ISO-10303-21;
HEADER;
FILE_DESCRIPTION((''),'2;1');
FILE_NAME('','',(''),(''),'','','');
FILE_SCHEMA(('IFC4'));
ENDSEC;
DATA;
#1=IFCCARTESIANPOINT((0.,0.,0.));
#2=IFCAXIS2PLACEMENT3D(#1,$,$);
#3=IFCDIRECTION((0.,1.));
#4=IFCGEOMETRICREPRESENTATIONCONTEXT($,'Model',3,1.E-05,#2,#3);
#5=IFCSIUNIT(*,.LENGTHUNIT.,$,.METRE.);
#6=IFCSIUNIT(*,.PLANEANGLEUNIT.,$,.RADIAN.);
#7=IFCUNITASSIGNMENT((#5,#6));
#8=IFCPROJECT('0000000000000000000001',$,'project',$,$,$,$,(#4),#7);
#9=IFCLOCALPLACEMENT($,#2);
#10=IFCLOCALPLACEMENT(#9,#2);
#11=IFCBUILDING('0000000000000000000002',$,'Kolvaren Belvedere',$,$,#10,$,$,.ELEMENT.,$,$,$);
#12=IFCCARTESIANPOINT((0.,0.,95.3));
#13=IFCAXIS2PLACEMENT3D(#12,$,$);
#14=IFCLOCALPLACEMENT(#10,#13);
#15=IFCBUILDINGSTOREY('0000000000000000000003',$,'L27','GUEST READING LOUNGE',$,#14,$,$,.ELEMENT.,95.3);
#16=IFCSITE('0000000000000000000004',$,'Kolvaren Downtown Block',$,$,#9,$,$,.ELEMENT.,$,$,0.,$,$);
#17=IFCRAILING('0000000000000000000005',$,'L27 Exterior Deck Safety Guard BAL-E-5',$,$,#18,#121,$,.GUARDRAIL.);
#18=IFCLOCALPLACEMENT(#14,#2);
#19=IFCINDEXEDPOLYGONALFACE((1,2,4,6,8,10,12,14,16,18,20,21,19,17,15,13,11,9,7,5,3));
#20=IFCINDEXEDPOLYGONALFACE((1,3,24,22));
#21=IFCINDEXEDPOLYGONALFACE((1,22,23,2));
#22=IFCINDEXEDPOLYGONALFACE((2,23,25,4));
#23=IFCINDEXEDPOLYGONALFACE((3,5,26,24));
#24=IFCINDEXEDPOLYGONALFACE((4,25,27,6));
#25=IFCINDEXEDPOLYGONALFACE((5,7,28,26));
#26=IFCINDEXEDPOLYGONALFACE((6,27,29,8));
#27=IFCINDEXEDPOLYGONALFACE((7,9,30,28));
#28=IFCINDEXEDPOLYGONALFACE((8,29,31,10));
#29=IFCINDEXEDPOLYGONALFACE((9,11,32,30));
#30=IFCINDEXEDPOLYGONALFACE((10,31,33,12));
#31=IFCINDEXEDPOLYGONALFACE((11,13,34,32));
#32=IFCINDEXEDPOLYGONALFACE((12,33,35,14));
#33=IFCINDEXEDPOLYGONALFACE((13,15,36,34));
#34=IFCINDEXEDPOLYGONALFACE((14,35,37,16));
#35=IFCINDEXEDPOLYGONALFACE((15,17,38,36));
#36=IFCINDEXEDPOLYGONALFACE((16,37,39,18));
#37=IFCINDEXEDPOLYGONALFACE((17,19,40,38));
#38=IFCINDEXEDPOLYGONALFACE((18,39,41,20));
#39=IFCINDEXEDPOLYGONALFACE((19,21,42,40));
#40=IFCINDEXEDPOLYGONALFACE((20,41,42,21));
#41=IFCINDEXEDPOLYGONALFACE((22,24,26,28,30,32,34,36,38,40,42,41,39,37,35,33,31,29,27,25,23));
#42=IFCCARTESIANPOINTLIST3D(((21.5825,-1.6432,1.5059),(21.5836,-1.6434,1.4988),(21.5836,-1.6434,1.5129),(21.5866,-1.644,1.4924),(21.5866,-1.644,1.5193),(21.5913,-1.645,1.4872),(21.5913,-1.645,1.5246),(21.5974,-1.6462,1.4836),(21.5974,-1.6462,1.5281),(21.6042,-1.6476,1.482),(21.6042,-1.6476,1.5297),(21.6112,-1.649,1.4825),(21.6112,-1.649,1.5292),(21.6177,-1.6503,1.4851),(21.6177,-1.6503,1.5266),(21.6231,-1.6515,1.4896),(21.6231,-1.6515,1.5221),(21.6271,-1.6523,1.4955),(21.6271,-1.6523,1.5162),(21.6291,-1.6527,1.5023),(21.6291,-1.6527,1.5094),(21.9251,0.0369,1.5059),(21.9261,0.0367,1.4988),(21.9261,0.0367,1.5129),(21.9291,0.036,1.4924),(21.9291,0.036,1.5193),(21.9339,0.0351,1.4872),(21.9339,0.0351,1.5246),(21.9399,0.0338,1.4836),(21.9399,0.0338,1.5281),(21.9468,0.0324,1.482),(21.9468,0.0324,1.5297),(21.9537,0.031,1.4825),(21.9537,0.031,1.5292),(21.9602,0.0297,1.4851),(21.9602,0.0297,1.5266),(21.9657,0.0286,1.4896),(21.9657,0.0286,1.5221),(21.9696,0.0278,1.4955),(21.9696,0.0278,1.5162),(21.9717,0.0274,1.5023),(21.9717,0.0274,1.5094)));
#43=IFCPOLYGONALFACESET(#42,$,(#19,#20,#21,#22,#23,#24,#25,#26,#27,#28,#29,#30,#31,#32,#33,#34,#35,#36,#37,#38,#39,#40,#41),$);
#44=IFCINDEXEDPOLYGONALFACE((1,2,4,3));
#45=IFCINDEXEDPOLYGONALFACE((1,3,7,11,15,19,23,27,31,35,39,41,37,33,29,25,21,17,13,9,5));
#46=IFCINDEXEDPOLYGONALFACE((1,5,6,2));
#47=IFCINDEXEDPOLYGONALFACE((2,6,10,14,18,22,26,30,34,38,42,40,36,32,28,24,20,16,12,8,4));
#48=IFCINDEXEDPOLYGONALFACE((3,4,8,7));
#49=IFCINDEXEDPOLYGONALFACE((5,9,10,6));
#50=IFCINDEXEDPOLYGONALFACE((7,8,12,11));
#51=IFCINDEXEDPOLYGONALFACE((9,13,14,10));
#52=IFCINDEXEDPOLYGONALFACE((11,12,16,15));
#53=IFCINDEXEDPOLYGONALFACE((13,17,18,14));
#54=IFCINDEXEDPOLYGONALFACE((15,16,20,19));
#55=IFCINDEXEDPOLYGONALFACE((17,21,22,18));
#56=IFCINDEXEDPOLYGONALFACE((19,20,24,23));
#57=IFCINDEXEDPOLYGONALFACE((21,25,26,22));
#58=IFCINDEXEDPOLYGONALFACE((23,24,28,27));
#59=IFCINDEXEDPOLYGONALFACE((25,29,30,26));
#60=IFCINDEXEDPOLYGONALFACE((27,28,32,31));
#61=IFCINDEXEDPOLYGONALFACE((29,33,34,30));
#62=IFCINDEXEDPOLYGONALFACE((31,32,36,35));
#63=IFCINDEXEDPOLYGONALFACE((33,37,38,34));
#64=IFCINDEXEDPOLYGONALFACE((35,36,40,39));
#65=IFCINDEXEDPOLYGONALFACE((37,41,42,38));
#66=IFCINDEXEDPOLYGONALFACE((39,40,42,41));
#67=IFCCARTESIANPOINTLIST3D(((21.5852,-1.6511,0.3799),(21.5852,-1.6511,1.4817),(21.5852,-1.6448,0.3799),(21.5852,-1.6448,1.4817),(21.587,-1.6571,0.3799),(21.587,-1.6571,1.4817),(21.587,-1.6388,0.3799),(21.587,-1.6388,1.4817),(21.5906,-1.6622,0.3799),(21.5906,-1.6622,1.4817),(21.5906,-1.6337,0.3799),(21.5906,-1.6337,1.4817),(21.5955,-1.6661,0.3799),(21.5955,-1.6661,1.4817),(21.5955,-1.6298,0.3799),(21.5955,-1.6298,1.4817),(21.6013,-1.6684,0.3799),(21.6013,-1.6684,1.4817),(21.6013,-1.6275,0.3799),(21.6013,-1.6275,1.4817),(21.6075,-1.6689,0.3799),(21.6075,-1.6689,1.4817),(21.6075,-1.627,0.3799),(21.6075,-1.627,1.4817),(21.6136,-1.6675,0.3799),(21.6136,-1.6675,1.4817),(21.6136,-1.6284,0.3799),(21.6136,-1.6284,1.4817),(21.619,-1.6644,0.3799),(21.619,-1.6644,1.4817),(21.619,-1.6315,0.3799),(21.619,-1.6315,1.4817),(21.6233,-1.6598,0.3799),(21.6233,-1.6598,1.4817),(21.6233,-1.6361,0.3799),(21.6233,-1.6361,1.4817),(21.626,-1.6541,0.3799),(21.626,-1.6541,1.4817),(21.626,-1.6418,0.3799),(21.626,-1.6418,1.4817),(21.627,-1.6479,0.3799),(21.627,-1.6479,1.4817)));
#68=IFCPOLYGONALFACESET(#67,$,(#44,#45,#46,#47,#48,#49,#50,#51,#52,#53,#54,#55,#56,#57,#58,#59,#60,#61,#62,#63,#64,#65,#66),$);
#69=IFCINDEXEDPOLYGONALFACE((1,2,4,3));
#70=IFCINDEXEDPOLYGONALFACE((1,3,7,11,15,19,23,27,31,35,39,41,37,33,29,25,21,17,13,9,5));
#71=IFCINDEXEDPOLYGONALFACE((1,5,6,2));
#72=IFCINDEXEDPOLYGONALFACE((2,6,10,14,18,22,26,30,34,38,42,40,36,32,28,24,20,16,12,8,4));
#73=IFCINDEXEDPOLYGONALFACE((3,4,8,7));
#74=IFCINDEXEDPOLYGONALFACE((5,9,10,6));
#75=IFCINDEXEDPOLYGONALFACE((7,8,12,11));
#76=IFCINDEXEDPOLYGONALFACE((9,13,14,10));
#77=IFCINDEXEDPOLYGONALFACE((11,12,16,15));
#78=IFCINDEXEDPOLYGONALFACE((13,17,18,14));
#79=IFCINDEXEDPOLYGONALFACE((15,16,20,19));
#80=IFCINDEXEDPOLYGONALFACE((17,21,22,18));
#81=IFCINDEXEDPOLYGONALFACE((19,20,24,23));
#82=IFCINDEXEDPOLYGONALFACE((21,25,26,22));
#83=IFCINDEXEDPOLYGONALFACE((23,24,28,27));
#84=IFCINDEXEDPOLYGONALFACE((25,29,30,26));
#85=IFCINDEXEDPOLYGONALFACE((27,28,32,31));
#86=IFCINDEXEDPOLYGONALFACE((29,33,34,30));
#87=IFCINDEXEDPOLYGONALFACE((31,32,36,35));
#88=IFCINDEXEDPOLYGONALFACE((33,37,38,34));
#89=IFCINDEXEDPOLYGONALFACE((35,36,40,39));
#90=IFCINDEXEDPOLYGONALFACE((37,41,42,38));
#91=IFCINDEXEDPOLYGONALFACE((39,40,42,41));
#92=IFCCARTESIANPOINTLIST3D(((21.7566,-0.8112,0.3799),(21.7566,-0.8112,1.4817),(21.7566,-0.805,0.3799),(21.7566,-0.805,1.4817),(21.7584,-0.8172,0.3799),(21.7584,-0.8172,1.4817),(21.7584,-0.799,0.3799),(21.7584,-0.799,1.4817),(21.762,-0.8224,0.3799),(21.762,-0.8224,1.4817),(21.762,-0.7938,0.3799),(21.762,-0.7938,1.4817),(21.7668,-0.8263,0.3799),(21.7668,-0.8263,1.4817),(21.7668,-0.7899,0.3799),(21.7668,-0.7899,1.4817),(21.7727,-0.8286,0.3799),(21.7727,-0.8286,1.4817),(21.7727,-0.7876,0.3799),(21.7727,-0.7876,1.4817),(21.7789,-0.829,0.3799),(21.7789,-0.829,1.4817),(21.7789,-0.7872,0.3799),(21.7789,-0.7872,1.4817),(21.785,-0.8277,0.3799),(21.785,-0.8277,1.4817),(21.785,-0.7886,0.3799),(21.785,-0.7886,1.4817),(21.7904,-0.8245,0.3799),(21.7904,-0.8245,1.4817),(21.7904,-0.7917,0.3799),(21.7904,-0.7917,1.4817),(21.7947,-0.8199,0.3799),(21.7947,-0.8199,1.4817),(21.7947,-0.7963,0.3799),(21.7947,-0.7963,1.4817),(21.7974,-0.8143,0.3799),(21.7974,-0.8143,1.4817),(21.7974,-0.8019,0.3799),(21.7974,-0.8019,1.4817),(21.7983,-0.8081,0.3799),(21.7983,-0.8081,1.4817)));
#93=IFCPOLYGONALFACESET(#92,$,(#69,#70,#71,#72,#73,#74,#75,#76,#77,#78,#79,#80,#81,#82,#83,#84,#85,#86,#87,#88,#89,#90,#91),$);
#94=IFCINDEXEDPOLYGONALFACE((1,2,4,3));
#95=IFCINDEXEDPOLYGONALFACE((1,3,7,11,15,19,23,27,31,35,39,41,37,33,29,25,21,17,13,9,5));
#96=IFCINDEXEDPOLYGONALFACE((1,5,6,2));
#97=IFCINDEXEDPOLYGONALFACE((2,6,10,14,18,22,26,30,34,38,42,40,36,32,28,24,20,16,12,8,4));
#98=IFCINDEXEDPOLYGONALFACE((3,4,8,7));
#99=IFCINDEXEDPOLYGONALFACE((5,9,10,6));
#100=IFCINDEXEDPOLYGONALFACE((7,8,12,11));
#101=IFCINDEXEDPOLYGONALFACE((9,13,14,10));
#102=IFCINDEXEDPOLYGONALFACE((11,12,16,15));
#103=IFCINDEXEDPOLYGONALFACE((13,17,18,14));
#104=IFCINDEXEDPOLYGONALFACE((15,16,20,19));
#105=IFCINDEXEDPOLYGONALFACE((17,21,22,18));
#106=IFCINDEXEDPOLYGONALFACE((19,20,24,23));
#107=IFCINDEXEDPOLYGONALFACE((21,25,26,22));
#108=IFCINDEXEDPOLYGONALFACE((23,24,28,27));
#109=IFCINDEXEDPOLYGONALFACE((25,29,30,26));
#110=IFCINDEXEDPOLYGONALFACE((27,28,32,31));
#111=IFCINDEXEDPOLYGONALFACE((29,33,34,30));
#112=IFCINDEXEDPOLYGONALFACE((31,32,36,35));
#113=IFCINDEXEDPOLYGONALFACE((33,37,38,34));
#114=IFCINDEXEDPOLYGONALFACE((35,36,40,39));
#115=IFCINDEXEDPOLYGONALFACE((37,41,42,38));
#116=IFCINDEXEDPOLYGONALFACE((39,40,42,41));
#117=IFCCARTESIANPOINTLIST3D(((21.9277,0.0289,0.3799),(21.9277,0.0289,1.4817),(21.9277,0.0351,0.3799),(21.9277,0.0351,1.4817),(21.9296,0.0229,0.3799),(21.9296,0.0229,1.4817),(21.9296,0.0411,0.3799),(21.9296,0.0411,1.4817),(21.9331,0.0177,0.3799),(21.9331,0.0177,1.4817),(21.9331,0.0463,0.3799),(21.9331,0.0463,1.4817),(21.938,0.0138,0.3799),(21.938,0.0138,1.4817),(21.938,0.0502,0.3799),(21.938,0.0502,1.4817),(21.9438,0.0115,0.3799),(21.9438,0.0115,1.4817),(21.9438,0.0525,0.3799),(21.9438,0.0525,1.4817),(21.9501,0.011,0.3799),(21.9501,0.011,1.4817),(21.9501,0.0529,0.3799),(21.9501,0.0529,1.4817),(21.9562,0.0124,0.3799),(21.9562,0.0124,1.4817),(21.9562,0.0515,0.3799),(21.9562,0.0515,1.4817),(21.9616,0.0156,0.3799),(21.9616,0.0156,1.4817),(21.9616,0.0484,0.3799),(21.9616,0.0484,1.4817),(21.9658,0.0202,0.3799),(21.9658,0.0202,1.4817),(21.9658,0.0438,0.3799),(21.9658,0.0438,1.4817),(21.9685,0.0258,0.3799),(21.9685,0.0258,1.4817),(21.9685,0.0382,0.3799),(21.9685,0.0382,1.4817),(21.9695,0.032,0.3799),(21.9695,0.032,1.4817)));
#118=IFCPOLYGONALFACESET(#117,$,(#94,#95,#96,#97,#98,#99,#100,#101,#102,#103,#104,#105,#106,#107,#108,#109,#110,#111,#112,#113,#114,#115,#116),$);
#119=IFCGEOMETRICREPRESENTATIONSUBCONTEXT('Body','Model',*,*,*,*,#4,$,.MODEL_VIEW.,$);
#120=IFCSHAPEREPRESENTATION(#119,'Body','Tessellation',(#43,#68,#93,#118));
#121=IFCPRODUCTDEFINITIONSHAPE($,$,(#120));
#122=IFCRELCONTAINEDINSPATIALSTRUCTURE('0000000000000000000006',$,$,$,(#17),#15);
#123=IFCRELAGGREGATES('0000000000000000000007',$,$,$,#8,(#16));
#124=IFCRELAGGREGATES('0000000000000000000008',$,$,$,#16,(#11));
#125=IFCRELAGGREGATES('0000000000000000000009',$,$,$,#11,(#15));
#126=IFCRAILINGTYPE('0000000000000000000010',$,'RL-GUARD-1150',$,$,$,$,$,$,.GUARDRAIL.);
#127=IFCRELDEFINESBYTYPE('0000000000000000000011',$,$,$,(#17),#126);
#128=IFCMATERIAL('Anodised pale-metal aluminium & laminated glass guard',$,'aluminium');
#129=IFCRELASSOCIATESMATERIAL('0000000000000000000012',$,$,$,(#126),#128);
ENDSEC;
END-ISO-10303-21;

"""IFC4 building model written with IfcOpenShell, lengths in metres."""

from ifc_helpers import new_model, si_unit, direction, frame, origin, origin_2d, place, context, subcontext, project, spatial, circle, extrude, material, type_object, element, save


model = new_model("IFC4")

# Units and contexts
model_context = context("Model", 3, precision=1e-05, world=origin(), true_north=direction((0.0, 1.0)))
body_context = subcontext(model_context, "Body", "Model", "MODEL_VIEW")
ifc_project = project(units=[si_unit("LENGTHUNIT", "METRE"), si_unit("PLANEANGLEUNIT", "RADIAN")], contexts=[model_context])

# Site, building, storey
site_placement = place(None, origin())
site = spatial("IfcSite", under=ifc_project, at=site_placement, Name="Kolvaren Downtown Block", CompositionType="ELEMENT", RefElevation=0.0)
building_placement = place(site_placement, origin())
building = spatial("IfcBuilding", under=site, at=building_placement, Name="Kolvaren Belvedere", CompositionType="ELEMENT")
storey_placement = place(building_placement, frame((0.0, 0.0, 95.3)))
storey = spatial("IfcBuildingStorey", under=building, at=storey_placement, Name="L27", Description="GUEST READING LOUNGE", CompositionType="ELEMENT", Elevation=95.3)

# Railing
ifc_material_1 = material(Name="Anodised pale-metal aluminium & laminated glass guard", Category="aluminium")
railing_type = type_object("IfcRailingType", Name="RL-GUARD-1150", PredefinedType="GUARDRAIL", material=ifc_material_1)
railing_1_placement = place(storey_placement, frame((21.606, -1.6479, 0.3799)))
element("IfcRailing", 1, at=railing_1_placement, inside=storey, type_object=railing_type, Name="L27 Exterior Deck Safety Guard BAL-E-5", PredefinedType="GUARDRAIL", context=body_context, shape_type="SweptSolid", body=[
    extrude(circle(Radius=0.0239, at=origin_2d()), frame((0.0, 0.0, 1.126), z_axis=(0.199784, 0.97984, 0.0), x_axis=(-0.97984, 0.199784, 0.0)), (0.0, 0.0, 1.0), 1.7146),
    extrude(circle(Radius=0.021, at=origin_2d()), origin(), (0.0, 0.0, 1.0), 1.1018),
    extrude(circle(Radius=0.021, at=origin_2d()), frame((0.1714, 0.8398, 0.0)), (0.0, 0.0, 1.0), 1.1018),
    extrude(circle(Radius=0.021, at=origin_2d()), frame((0.3425, 1.6799, 0.0)), (0.0, 0.0, 1.0), 1.1018),
])

save(model, "model.ifc")
